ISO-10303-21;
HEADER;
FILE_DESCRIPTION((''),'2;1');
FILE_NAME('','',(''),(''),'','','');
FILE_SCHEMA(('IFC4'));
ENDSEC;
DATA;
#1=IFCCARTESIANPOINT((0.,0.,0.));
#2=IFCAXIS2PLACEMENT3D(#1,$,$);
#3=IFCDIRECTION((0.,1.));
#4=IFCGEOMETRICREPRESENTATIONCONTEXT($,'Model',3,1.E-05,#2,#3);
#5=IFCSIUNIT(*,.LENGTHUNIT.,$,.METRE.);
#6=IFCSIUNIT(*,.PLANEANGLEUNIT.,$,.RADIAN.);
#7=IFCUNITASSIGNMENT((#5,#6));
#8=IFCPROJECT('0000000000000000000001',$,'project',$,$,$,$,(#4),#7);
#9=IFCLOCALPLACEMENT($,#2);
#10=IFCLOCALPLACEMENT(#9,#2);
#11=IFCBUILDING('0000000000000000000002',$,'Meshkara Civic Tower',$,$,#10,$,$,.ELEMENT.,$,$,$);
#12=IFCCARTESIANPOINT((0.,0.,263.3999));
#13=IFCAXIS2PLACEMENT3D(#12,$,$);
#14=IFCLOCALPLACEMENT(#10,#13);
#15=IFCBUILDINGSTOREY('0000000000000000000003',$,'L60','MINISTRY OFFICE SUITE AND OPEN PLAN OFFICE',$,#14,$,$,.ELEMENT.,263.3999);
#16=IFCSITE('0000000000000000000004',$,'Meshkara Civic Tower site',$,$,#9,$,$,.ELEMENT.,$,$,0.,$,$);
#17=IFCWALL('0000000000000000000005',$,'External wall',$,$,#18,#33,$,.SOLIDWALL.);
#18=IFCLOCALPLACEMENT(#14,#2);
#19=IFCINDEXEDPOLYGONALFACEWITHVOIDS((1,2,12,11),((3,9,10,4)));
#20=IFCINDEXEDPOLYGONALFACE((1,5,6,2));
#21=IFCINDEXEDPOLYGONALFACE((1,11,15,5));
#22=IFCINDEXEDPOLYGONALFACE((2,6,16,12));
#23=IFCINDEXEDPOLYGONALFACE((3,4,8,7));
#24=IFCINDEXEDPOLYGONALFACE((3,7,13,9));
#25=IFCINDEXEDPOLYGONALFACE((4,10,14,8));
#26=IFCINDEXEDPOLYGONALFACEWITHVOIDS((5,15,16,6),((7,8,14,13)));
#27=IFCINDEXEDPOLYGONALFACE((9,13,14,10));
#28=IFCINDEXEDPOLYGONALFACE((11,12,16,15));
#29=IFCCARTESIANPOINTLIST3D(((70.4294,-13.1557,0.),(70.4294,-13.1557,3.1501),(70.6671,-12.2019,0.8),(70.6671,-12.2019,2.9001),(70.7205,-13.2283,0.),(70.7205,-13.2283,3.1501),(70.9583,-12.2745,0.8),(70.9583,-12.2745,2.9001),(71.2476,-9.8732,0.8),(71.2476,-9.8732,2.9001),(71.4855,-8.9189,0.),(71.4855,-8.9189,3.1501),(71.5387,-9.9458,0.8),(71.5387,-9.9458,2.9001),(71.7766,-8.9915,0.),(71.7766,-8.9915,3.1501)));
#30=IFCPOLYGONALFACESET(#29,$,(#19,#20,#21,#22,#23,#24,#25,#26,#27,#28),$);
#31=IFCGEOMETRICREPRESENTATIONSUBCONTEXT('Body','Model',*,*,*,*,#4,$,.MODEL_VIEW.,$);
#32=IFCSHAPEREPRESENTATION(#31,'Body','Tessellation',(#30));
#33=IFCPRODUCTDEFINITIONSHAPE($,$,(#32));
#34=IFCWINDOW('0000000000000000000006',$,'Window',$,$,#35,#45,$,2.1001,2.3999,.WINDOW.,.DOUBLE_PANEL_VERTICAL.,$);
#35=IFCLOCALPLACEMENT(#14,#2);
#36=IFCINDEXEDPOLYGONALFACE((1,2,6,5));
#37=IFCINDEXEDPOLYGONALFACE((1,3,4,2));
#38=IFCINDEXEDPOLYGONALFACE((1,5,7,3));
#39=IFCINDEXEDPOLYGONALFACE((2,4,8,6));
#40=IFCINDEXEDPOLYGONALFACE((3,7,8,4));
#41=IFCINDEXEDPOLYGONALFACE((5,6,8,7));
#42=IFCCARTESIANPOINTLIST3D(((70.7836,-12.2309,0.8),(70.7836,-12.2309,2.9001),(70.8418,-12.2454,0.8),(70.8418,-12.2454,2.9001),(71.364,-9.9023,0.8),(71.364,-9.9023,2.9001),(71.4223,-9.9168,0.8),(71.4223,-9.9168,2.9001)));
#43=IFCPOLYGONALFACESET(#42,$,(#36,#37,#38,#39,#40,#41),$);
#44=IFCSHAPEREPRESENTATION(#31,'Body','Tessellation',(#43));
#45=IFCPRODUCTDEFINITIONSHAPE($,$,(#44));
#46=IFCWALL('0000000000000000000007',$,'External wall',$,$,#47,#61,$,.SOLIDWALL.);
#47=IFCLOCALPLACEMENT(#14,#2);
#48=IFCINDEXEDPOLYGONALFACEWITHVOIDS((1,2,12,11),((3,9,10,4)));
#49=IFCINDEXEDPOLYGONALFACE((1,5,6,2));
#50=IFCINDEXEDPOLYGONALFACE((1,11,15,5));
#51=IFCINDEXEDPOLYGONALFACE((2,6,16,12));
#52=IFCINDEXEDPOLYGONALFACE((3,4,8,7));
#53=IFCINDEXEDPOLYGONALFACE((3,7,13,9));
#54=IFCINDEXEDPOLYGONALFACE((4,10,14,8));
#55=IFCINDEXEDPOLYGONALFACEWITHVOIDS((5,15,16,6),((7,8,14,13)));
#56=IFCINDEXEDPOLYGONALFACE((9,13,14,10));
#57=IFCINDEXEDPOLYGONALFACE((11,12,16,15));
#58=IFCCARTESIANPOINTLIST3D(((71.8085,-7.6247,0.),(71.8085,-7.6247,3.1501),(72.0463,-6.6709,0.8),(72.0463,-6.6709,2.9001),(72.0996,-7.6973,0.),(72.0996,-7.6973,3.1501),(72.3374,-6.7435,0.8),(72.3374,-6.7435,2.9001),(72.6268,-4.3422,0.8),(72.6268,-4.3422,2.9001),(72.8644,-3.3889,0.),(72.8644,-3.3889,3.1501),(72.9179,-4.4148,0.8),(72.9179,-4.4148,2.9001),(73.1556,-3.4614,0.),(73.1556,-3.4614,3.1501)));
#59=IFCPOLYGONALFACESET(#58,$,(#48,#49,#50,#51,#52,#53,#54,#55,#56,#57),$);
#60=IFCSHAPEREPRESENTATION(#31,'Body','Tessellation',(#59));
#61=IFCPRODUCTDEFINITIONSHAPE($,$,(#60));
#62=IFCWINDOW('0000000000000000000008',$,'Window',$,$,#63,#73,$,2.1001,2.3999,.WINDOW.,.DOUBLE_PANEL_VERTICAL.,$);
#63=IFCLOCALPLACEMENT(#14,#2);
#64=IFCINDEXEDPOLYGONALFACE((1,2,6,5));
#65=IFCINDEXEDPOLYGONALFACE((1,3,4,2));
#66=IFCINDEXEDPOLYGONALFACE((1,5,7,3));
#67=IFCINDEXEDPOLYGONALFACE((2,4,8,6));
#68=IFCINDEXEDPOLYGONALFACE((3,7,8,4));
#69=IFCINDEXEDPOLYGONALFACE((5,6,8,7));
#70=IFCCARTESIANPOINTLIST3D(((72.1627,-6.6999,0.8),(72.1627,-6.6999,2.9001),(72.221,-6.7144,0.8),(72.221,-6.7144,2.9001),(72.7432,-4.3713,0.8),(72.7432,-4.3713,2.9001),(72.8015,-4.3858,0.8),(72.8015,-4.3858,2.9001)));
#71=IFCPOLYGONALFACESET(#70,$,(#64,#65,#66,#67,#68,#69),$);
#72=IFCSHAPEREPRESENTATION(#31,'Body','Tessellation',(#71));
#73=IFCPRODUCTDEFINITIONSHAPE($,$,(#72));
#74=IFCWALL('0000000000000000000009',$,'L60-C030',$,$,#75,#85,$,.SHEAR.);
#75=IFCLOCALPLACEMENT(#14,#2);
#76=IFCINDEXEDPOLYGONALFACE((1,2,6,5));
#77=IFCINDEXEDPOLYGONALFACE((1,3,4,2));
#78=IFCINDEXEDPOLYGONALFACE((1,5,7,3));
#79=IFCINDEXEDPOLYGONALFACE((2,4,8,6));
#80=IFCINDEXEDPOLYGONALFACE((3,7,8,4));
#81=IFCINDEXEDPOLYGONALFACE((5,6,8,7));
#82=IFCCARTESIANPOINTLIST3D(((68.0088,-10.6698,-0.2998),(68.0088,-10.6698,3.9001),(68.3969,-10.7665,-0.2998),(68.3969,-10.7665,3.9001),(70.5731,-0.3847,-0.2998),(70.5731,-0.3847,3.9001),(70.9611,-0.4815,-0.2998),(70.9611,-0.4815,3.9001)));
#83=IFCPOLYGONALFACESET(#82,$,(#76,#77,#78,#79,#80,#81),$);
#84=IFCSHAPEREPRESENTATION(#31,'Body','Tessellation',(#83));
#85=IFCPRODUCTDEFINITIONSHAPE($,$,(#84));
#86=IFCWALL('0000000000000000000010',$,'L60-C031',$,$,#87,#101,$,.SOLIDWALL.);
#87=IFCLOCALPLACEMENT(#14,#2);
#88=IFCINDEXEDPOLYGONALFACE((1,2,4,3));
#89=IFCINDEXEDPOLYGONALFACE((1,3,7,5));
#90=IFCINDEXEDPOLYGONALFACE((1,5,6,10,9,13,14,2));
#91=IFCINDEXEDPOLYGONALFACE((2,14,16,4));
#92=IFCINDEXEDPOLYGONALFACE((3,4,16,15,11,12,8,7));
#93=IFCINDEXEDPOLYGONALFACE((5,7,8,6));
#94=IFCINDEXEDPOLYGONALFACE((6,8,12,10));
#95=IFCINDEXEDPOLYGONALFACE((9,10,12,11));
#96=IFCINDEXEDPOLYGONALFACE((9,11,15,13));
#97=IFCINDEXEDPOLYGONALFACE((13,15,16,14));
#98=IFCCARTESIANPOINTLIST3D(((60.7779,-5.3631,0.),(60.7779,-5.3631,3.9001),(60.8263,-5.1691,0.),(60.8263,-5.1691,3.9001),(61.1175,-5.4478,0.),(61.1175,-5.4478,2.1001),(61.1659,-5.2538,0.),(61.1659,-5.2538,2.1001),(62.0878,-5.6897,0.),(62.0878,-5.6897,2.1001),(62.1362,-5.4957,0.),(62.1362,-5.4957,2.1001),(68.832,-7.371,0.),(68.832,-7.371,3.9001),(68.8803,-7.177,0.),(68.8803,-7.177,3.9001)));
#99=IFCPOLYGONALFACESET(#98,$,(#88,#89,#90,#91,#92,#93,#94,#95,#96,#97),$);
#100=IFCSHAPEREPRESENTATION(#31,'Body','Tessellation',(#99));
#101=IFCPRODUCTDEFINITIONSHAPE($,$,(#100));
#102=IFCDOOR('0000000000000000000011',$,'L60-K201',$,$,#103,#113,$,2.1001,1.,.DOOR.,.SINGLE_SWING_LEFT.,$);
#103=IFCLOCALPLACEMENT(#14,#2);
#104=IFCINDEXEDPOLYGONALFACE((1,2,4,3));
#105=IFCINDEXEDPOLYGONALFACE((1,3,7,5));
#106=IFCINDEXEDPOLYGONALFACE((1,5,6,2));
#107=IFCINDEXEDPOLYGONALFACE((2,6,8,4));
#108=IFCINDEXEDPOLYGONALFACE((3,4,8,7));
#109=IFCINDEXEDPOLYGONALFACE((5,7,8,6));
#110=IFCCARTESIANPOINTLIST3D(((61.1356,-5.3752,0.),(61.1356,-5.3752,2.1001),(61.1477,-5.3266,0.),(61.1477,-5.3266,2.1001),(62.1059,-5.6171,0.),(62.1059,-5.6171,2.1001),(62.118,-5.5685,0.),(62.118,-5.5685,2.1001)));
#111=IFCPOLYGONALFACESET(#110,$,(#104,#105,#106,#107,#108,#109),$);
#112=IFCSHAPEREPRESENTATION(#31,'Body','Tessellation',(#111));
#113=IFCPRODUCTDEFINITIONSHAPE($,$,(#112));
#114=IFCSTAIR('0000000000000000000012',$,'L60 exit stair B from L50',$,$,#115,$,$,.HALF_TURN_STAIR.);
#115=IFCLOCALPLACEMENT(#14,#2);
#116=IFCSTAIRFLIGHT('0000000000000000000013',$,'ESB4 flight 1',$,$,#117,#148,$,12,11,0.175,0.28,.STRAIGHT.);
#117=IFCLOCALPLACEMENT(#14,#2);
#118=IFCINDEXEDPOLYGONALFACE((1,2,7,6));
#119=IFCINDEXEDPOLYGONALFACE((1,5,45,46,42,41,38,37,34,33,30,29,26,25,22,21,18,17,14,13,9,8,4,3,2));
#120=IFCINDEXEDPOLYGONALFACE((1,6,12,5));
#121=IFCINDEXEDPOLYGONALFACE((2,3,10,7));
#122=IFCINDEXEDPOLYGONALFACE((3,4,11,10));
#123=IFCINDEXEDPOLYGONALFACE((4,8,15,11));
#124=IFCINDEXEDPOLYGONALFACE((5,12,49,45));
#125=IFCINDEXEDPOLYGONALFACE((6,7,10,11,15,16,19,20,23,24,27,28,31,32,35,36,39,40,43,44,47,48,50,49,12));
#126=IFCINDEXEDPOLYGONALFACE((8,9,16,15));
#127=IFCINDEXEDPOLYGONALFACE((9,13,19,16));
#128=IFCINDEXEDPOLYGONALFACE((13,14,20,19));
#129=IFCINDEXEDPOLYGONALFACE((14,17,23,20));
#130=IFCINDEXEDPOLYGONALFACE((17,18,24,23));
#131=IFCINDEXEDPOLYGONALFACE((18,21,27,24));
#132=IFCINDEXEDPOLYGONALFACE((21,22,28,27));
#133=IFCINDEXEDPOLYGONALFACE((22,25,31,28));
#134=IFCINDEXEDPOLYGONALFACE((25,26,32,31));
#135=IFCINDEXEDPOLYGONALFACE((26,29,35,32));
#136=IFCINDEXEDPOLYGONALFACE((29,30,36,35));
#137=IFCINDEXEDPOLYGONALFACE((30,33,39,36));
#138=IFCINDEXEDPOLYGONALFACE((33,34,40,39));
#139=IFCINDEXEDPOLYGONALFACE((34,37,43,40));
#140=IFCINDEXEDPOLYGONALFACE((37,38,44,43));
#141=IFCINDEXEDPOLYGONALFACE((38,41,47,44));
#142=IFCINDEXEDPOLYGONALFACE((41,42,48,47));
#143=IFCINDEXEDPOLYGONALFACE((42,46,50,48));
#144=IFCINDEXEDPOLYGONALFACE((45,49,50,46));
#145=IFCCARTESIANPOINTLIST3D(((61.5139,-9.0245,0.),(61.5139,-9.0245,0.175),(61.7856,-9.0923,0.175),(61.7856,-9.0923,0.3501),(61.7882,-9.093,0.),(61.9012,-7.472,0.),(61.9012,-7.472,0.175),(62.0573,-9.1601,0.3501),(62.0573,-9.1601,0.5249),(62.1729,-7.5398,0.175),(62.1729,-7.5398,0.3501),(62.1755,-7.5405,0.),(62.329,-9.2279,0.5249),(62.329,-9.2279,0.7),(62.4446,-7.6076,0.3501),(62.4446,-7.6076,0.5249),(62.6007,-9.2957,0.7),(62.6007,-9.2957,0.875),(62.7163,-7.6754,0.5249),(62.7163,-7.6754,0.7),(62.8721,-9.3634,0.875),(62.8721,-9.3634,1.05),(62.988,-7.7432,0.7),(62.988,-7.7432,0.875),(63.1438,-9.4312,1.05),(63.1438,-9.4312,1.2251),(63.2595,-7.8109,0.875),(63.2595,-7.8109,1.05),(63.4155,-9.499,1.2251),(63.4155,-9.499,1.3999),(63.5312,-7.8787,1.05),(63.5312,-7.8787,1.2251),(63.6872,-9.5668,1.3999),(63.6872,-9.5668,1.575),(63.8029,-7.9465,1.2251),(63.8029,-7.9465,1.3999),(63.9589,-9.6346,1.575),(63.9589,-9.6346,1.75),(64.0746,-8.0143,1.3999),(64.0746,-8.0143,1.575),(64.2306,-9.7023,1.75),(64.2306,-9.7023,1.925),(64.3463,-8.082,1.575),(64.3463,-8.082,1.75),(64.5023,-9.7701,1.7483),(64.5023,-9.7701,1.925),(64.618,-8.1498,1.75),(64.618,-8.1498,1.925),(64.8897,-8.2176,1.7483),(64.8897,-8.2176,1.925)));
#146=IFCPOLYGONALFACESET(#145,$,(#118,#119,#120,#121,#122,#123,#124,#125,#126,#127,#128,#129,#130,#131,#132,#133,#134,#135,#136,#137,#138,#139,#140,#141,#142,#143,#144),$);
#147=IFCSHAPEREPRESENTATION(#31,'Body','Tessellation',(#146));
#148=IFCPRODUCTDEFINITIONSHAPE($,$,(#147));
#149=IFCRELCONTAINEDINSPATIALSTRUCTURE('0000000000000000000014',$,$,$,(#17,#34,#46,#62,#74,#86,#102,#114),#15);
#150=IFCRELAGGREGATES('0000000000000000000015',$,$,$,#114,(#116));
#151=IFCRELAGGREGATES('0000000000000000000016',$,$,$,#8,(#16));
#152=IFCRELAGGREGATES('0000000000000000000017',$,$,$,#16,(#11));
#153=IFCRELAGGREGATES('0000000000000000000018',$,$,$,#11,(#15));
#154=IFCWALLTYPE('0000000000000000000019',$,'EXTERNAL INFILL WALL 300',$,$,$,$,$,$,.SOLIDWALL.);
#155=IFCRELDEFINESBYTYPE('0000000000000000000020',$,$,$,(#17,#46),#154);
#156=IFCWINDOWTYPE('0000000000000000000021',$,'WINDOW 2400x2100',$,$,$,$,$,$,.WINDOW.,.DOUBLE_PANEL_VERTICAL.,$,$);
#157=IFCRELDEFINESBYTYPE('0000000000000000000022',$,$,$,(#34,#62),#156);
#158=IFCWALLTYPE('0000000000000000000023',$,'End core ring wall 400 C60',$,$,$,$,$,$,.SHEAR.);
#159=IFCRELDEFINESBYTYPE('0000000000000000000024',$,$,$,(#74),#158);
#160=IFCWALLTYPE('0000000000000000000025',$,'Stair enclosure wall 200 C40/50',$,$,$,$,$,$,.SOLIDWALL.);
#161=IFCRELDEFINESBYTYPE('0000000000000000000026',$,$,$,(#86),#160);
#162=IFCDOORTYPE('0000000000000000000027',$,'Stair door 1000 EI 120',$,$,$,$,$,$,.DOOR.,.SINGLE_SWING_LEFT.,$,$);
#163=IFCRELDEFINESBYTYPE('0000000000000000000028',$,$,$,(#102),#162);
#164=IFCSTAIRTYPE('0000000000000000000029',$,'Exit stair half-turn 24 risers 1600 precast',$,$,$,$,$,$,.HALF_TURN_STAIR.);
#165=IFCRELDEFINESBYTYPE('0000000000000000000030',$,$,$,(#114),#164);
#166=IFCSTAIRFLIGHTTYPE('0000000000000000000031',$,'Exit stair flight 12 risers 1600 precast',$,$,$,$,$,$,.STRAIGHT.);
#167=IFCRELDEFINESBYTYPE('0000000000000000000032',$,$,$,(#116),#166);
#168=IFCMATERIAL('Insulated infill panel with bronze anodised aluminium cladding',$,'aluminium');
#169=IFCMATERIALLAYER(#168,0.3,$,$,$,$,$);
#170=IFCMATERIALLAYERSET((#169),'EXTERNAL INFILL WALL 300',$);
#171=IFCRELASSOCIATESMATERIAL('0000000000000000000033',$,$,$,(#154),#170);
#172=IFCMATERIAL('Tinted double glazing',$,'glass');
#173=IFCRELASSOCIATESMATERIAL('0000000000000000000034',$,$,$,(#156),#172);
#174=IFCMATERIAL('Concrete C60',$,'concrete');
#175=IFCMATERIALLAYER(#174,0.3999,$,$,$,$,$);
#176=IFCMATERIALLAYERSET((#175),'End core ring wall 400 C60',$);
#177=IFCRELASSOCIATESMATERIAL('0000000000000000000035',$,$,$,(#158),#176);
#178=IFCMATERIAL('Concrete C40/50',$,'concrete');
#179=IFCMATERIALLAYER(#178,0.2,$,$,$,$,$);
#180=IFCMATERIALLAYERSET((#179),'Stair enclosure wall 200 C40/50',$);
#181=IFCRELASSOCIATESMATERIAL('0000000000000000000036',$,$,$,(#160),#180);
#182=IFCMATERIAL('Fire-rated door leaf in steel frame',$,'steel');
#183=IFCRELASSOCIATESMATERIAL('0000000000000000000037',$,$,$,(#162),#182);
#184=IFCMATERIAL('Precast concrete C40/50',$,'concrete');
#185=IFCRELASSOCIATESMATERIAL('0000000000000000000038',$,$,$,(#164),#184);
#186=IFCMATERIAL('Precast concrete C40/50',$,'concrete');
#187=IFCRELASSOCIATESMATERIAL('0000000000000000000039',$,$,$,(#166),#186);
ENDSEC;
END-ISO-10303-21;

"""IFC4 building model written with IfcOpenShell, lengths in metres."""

from ifc_helpers import new_model, si_unit, direction, frame, frame_2d, origin, place, context, subcontext, project, spatial, polyline, rectangle, outline, extrude, material, layer, layer_set, type_object, element, fill, aggregate, save


model = new_model("IFC4")

# Units and contexts
model_context = context("Model", 3, precision=1e-05, world=origin(), true_north=direction((0.0, 1.0)))
body_context = subcontext(model_context, "Body", "Model", "MODEL_VIEW")
ifc_project = project(units=[si_unit("LENGTHUNIT", "METRE"), si_unit("PLANEANGLEUNIT", "RADIAN")], contexts=[model_context])

# Site, building, storey
site_placement = place(None, origin())
site = spatial("IfcSite", under=ifc_project, at=site_placement, Name="Meshkara Civic Tower site", CompositionType="ELEMENT", RefElevation=0.0)
building_placement = place(site_placement, origin())
building = spatial("IfcBuilding", under=site, at=building_placement, Name="Meshkara Civic Tower", CompositionType="ELEMENT")
storey_placement = place(building_placement, frame((0.0, 0.0, 263.3999)))
storey = spatial("IfcBuildingStorey", under=building, at=storey_placement, Name="L60", Description="MINISTRY OFFICE SUITE AND OPEN PLAN OFFICE", CompositionType="ELEMENT", Elevation=263.3999)

# Walls, openings, windows
ifc_material_1 = material(Name="Insulated infill panel with bronze anodised aluminium cladding", Category="aluminium")
ifc_layer_1 = layer(ifc_material_1, 0.3)
ifc_layer_set_1 = layer_set([ifc_layer_1], Name="EXTERNAL INFILL WALL 300")
wall_type_1 = type_object("IfcWallType", Name="EXTERNAL INFILL WALL 300", PredefinedType="SOLIDWALL", material=ifc_layer_set_1)
ifc_material_2 = material(Name="Tinted double glazing", Category="glass")
window_type_1 = type_object("IfcWindowType", Name="WINDOW 2400x2100", PartitioningType="DOUBLE_PANEL_VERTICAL", PredefinedType="WINDOW", material=ifc_material_2)
wall_1_placement = place(storey_placement, frame((70.575, -13.1919, 0.0), z_axis=(0.0, 0.0, 1.0), x_axis=(0.241878, 0.970307, 0.0)))
wall_1 = element("IfcWall", 1, at=wall_1_placement, inside=storey, type_object=wall_type_1, Name="External wall", PredefinedType="SOLIDWALL", context=body_context, shape_type="SweptSolid", body=[
    extrude(rectangle(XDim=4.3665, YDim=0.3, at=frame_2d((2.1831, 0.0))), origin(), (0.0, 0.0, 1.0), 3.1501),
])
opening_1_placement = place(wall_1_placement, frame((0.9829, 0.0, 0.8)))
opening_1 = element("IfcOpeningElement", 2, at=opening_1_placement, cuts=wall_1, PredefinedType="OPENING", context=body_context, shape_type="SweptSolid", body=[
    extrude(rectangle(XDim=2.3999, YDim=2.1001, at=frame_2d((1.2, 1.05))), frame((0.0, 0.1599, 0.0), z_axis=(0.0, -1.0, 0.0), x_axis=(1.0, 0.0, 0.0)), (0.0, 0.0, 1.0), 0.3201),
])
window_1_placement = place(opening_1_placement, origin())
window_1 = element("IfcWindow", 3, at=window_1_placement, inside=storey, type_object=window_type_1, Name="Window", OverallHeight=2.1001, OverallWidth=2.3999, PartitioningType="DOUBLE_PANEL_VERTICAL", PredefinedType="WINDOW", context=body_context, shape_type="SweptSolid", body=[
    extrude(rectangle(XDim=2.3999, YDim=2.1001, at=frame_2d((1.2, 1.05))), frame((0.0, 0.03, 0.0), z_axis=(0.0, -1.0, 0.0), x_axis=(1.0, 0.0, 0.0)), (0.0, 0.0, 1.0), 0.0601),
])
fill(opening_1, window_1)
wall_2_placement = place(storey_placement, frame((71.9541, -7.6609, 0.0), z_axis=(0.0, 0.0, 1.0), x_axis=(0.241878, 0.970307, 0.0)))
wall_2 = element("IfcWall", 4, at=wall_2_placement, inside=storey, type_object=wall_type_1, Name="External wall", PredefinedType="SOLIDWALL", context=body_context, shape_type="SweptSolid", body=[
    extrude(rectangle(XDim=4.3655, YDim=0.3, at=frame_2d((2.1826, 0.0))), origin(), (0.0, 0.0, 1.0), 3.1501),
])
opening_2_placement = place(wall_2_placement, frame((0.9829, 0.0, 0.8)))
opening_2 = element("IfcOpeningElement", 5, at=opening_2_placement, cuts=wall_2, PredefinedType="OPENING", context=body_context, shape_type="SweptSolid", body=[
    extrude(rectangle(XDim=2.3999, YDim=2.1001, at=frame_2d((1.2, 1.05))), frame((0.0, 0.1599, 0.0), z_axis=(0.0, -1.0, 0.0), x_axis=(1.0, 0.0, 0.0)), (0.0, 0.0, 1.0), 0.3201),
])
window_2_placement = place(opening_2_placement, origin())
window_2 = element("IfcWindow", 6, at=window_2_placement, inside=storey, type_object=window_type_1, Name="Window", OverallHeight=2.1001, OverallWidth=2.3999, PartitioningType="DOUBLE_PANEL_VERTICAL", PredefinedType="WINDOW", context=body_context, shape_type="SweptSolid", body=[
    extrude(rectangle(XDim=2.3999, YDim=2.1001, at=frame_2d((1.2, 1.05))), frame((0.0, 0.03, 0.0), z_axis=(0.0, -1.0, 0.0), x_axis=(1.0, 0.0, 0.0)), (0.0, 0.0, 1.0), 0.0601),
])
fill(opening_2, window_2)

# Wall
ifc_material_3 = material(Name="Concrete C60", Category="concrete")
ifc_layer_2 = layer(ifc_material_3, 0.3999)
ifc_layer_set_2 = layer_set([ifc_layer_2], Name="End core ring wall 400 C60")
wall_type_2 = type_object("IfcWallType", Name="End core ring wall 400 C60", PredefinedType="SHEAR", material=ifc_layer_set_2)
wall_3_placement = place(storey_placement, frame((68.2029, -10.718, -0.2998), z_axis=(0.0, 0.0, 1.0), x_axis=(0.241912, 0.970298, 0.0)))
element("IfcWall", 7, at=wall_3_placement, inside=storey, type_object=wall_type_2, Name="L60-C030", PredefinedType="SHEAR", context=body_context, shape_type="SweptSolid", body=[
    extrude(rectangle(XDim=10.5999, YDim=0.3999, at=frame_2d((5.2998, 0.0))), origin(), (0.0, 0.0, 1.0), 4.2),
])

# Wall, opening, door
ifc_material_4 = material(Name="Concrete C40/50", Category="concrete")
ifc_layer_3 = layer(ifc_material_4, 0.2)
ifc_layer_set_3 = layer_set([ifc_layer_3], Name="Stair enclosure wall 200 C40/50")
wall_type_3 = type_object("IfcWallType", Name="Stair enclosure wall 200 C40/50", PredefinedType="SOLIDWALL", material=ifc_layer_set_3)
wall_4_placement = place(storey_placement, frame((60.802, -5.2661, 0.0), z_axis=(0.0, 0.0, 1.0), x_axis=(0.970303, -0.241892, 0.0)))
wall_4 = element("IfcWall", 8, at=wall_4_placement, inside=storey, type_object=wall_type_3, Name="L60-C031", PredefinedType="SOLIDWALL", context=body_context, shape_type="SweptSolid", body=[
    extrude(rectangle(XDim=8.3005, YDim=0.2, at=frame_2d((4.1504, 0.0))), origin(), (0.0, 0.0, 1.0), 3.9001),
])
opening_3_placement = place(wall_4_placement, frame((0.3501, 0.0, 0.0)))
opening_3 = element("IfcOpeningElement", 9, at=opening_3_placement, cuts=wall_4, PredefinedType="OPENING", context=body_context, shape_type="SweptSolid", body=[
    extrude(rectangle(XDim=1.0, YDim=2.1001, at=frame_2d((0.5, 1.05))), frame((0.0, 0.1099, 0.0), z_axis=(0.0, -1.0, 0.0), x_axis=(1.0, 0.0, 0.0)), (0.0, 0.0, 1.0), 0.22),
])
ifc_material_5 = material(Name="Fire-rated door leaf in steel frame", Category="steel")
door_type = type_object("IfcDoorType", Name="Stair door 1000 EI 120", OperationType="SINGLE_SWING_LEFT", PredefinedType="DOOR", material=ifc_material_5)
door_placement = place(opening_3_placement, origin())
door = element("IfcDoor", 10, at=door_placement, inside=storey, type_object=door_type, Name="L60-K201", OperationType="SINGLE_SWING_LEFT", OverallHeight=2.1001, OverallWidth=1.0, PredefinedType="DOOR", context=body_context, shape_type="SweptSolid", body=[
    extrude(rectangle(XDim=1.0, YDim=2.1001, at=frame_2d((0.5, 1.05))), frame((0.0, 0.0249, 0.0), z_axis=(0.0, -1.0, 0.0), x_axis=(1.0, 0.0, 0.0)), (0.0, 0.0, 1.0), 0.05),
])
fill(opening_3, door)

# Stair, stair flight
ifc_material_6 = material(Name="Precast concrete C40/50", Category="concrete")
stair_type = type_object("IfcStairType", Name="Exit stair half-turn 24 risers 1600 precast", PredefinedType="HALF_TURN_STAIR", material=ifc_material_6)
stair_placement = place(storey_placement, origin())
stair = element("IfcStair", 11, at=stair_placement, inside=storey, type_object=stair_type, Name="L60 exit stair B from L50", PredefinedType="HALF_TURN_STAIR")
ifc_material_7 = material(Name="Precast concrete C40/50", Category="concrete")
stair_flight_type = type_object("IfcStairFlightType", Name="Exit stair flight 12 risers 1600 precast", PredefinedType="STRAIGHT", material=ifc_material_7)
stair_flight_1_placement = place(storey_placement, frame((61.7075, -8.2483, 0.0), z_axis=(0.0, 0.0, 1.0), x_axis=(0.97026, -0.242065, 0.0)))
stair_flight_1 = element("IfcStairFlight", 12, at=stair_flight_1_placement, type_object=stair_flight_type, Name="ESB4 flight 1", NumberOfRisers=12, NumberOfTreads=11, PredefinedType="STRAIGHT", RiserHeight=0.175, TreadLength=0.28, context=body_context, shape_type="SweptSolid", body=[
    extrude(outline(polyline([(0.0, 0.0), (0.0, 0.175), (0.28, 0.175), (0.28, 0.3501), (0.5601, 0.3501), (0.5601, 0.5249), (0.8401, 0.5249), (0.8401, 0.7), (1.1201, 0.7), (1.1201, 0.875), (1.3999, 0.875), (1.3999, 1.05), (1.6799, 1.05), (1.6799, 1.2251), (1.96, 1.2251), (1.96, 1.3999), (2.24, 1.3999), (2.24, 1.575), (2.52, 1.575), (2.52, 1.75), (2.8, 1.75), (2.8, 1.925), (3.0801, 1.925), (3.0801, 2.1001), (3.0801, 1.7483), (0.2827, 0.0), (0.0, 0.0)])), frame((0.0, 0.8, 0.0), z_axis=(0.0, -1.0, 0.0), x_axis=(1.0, 0.0, 0.0)), (0.0, 0.0, 1.0), 1.6001),
])
aggregate(stair, [stair_flight_1])

save(model, "model.ifc")
